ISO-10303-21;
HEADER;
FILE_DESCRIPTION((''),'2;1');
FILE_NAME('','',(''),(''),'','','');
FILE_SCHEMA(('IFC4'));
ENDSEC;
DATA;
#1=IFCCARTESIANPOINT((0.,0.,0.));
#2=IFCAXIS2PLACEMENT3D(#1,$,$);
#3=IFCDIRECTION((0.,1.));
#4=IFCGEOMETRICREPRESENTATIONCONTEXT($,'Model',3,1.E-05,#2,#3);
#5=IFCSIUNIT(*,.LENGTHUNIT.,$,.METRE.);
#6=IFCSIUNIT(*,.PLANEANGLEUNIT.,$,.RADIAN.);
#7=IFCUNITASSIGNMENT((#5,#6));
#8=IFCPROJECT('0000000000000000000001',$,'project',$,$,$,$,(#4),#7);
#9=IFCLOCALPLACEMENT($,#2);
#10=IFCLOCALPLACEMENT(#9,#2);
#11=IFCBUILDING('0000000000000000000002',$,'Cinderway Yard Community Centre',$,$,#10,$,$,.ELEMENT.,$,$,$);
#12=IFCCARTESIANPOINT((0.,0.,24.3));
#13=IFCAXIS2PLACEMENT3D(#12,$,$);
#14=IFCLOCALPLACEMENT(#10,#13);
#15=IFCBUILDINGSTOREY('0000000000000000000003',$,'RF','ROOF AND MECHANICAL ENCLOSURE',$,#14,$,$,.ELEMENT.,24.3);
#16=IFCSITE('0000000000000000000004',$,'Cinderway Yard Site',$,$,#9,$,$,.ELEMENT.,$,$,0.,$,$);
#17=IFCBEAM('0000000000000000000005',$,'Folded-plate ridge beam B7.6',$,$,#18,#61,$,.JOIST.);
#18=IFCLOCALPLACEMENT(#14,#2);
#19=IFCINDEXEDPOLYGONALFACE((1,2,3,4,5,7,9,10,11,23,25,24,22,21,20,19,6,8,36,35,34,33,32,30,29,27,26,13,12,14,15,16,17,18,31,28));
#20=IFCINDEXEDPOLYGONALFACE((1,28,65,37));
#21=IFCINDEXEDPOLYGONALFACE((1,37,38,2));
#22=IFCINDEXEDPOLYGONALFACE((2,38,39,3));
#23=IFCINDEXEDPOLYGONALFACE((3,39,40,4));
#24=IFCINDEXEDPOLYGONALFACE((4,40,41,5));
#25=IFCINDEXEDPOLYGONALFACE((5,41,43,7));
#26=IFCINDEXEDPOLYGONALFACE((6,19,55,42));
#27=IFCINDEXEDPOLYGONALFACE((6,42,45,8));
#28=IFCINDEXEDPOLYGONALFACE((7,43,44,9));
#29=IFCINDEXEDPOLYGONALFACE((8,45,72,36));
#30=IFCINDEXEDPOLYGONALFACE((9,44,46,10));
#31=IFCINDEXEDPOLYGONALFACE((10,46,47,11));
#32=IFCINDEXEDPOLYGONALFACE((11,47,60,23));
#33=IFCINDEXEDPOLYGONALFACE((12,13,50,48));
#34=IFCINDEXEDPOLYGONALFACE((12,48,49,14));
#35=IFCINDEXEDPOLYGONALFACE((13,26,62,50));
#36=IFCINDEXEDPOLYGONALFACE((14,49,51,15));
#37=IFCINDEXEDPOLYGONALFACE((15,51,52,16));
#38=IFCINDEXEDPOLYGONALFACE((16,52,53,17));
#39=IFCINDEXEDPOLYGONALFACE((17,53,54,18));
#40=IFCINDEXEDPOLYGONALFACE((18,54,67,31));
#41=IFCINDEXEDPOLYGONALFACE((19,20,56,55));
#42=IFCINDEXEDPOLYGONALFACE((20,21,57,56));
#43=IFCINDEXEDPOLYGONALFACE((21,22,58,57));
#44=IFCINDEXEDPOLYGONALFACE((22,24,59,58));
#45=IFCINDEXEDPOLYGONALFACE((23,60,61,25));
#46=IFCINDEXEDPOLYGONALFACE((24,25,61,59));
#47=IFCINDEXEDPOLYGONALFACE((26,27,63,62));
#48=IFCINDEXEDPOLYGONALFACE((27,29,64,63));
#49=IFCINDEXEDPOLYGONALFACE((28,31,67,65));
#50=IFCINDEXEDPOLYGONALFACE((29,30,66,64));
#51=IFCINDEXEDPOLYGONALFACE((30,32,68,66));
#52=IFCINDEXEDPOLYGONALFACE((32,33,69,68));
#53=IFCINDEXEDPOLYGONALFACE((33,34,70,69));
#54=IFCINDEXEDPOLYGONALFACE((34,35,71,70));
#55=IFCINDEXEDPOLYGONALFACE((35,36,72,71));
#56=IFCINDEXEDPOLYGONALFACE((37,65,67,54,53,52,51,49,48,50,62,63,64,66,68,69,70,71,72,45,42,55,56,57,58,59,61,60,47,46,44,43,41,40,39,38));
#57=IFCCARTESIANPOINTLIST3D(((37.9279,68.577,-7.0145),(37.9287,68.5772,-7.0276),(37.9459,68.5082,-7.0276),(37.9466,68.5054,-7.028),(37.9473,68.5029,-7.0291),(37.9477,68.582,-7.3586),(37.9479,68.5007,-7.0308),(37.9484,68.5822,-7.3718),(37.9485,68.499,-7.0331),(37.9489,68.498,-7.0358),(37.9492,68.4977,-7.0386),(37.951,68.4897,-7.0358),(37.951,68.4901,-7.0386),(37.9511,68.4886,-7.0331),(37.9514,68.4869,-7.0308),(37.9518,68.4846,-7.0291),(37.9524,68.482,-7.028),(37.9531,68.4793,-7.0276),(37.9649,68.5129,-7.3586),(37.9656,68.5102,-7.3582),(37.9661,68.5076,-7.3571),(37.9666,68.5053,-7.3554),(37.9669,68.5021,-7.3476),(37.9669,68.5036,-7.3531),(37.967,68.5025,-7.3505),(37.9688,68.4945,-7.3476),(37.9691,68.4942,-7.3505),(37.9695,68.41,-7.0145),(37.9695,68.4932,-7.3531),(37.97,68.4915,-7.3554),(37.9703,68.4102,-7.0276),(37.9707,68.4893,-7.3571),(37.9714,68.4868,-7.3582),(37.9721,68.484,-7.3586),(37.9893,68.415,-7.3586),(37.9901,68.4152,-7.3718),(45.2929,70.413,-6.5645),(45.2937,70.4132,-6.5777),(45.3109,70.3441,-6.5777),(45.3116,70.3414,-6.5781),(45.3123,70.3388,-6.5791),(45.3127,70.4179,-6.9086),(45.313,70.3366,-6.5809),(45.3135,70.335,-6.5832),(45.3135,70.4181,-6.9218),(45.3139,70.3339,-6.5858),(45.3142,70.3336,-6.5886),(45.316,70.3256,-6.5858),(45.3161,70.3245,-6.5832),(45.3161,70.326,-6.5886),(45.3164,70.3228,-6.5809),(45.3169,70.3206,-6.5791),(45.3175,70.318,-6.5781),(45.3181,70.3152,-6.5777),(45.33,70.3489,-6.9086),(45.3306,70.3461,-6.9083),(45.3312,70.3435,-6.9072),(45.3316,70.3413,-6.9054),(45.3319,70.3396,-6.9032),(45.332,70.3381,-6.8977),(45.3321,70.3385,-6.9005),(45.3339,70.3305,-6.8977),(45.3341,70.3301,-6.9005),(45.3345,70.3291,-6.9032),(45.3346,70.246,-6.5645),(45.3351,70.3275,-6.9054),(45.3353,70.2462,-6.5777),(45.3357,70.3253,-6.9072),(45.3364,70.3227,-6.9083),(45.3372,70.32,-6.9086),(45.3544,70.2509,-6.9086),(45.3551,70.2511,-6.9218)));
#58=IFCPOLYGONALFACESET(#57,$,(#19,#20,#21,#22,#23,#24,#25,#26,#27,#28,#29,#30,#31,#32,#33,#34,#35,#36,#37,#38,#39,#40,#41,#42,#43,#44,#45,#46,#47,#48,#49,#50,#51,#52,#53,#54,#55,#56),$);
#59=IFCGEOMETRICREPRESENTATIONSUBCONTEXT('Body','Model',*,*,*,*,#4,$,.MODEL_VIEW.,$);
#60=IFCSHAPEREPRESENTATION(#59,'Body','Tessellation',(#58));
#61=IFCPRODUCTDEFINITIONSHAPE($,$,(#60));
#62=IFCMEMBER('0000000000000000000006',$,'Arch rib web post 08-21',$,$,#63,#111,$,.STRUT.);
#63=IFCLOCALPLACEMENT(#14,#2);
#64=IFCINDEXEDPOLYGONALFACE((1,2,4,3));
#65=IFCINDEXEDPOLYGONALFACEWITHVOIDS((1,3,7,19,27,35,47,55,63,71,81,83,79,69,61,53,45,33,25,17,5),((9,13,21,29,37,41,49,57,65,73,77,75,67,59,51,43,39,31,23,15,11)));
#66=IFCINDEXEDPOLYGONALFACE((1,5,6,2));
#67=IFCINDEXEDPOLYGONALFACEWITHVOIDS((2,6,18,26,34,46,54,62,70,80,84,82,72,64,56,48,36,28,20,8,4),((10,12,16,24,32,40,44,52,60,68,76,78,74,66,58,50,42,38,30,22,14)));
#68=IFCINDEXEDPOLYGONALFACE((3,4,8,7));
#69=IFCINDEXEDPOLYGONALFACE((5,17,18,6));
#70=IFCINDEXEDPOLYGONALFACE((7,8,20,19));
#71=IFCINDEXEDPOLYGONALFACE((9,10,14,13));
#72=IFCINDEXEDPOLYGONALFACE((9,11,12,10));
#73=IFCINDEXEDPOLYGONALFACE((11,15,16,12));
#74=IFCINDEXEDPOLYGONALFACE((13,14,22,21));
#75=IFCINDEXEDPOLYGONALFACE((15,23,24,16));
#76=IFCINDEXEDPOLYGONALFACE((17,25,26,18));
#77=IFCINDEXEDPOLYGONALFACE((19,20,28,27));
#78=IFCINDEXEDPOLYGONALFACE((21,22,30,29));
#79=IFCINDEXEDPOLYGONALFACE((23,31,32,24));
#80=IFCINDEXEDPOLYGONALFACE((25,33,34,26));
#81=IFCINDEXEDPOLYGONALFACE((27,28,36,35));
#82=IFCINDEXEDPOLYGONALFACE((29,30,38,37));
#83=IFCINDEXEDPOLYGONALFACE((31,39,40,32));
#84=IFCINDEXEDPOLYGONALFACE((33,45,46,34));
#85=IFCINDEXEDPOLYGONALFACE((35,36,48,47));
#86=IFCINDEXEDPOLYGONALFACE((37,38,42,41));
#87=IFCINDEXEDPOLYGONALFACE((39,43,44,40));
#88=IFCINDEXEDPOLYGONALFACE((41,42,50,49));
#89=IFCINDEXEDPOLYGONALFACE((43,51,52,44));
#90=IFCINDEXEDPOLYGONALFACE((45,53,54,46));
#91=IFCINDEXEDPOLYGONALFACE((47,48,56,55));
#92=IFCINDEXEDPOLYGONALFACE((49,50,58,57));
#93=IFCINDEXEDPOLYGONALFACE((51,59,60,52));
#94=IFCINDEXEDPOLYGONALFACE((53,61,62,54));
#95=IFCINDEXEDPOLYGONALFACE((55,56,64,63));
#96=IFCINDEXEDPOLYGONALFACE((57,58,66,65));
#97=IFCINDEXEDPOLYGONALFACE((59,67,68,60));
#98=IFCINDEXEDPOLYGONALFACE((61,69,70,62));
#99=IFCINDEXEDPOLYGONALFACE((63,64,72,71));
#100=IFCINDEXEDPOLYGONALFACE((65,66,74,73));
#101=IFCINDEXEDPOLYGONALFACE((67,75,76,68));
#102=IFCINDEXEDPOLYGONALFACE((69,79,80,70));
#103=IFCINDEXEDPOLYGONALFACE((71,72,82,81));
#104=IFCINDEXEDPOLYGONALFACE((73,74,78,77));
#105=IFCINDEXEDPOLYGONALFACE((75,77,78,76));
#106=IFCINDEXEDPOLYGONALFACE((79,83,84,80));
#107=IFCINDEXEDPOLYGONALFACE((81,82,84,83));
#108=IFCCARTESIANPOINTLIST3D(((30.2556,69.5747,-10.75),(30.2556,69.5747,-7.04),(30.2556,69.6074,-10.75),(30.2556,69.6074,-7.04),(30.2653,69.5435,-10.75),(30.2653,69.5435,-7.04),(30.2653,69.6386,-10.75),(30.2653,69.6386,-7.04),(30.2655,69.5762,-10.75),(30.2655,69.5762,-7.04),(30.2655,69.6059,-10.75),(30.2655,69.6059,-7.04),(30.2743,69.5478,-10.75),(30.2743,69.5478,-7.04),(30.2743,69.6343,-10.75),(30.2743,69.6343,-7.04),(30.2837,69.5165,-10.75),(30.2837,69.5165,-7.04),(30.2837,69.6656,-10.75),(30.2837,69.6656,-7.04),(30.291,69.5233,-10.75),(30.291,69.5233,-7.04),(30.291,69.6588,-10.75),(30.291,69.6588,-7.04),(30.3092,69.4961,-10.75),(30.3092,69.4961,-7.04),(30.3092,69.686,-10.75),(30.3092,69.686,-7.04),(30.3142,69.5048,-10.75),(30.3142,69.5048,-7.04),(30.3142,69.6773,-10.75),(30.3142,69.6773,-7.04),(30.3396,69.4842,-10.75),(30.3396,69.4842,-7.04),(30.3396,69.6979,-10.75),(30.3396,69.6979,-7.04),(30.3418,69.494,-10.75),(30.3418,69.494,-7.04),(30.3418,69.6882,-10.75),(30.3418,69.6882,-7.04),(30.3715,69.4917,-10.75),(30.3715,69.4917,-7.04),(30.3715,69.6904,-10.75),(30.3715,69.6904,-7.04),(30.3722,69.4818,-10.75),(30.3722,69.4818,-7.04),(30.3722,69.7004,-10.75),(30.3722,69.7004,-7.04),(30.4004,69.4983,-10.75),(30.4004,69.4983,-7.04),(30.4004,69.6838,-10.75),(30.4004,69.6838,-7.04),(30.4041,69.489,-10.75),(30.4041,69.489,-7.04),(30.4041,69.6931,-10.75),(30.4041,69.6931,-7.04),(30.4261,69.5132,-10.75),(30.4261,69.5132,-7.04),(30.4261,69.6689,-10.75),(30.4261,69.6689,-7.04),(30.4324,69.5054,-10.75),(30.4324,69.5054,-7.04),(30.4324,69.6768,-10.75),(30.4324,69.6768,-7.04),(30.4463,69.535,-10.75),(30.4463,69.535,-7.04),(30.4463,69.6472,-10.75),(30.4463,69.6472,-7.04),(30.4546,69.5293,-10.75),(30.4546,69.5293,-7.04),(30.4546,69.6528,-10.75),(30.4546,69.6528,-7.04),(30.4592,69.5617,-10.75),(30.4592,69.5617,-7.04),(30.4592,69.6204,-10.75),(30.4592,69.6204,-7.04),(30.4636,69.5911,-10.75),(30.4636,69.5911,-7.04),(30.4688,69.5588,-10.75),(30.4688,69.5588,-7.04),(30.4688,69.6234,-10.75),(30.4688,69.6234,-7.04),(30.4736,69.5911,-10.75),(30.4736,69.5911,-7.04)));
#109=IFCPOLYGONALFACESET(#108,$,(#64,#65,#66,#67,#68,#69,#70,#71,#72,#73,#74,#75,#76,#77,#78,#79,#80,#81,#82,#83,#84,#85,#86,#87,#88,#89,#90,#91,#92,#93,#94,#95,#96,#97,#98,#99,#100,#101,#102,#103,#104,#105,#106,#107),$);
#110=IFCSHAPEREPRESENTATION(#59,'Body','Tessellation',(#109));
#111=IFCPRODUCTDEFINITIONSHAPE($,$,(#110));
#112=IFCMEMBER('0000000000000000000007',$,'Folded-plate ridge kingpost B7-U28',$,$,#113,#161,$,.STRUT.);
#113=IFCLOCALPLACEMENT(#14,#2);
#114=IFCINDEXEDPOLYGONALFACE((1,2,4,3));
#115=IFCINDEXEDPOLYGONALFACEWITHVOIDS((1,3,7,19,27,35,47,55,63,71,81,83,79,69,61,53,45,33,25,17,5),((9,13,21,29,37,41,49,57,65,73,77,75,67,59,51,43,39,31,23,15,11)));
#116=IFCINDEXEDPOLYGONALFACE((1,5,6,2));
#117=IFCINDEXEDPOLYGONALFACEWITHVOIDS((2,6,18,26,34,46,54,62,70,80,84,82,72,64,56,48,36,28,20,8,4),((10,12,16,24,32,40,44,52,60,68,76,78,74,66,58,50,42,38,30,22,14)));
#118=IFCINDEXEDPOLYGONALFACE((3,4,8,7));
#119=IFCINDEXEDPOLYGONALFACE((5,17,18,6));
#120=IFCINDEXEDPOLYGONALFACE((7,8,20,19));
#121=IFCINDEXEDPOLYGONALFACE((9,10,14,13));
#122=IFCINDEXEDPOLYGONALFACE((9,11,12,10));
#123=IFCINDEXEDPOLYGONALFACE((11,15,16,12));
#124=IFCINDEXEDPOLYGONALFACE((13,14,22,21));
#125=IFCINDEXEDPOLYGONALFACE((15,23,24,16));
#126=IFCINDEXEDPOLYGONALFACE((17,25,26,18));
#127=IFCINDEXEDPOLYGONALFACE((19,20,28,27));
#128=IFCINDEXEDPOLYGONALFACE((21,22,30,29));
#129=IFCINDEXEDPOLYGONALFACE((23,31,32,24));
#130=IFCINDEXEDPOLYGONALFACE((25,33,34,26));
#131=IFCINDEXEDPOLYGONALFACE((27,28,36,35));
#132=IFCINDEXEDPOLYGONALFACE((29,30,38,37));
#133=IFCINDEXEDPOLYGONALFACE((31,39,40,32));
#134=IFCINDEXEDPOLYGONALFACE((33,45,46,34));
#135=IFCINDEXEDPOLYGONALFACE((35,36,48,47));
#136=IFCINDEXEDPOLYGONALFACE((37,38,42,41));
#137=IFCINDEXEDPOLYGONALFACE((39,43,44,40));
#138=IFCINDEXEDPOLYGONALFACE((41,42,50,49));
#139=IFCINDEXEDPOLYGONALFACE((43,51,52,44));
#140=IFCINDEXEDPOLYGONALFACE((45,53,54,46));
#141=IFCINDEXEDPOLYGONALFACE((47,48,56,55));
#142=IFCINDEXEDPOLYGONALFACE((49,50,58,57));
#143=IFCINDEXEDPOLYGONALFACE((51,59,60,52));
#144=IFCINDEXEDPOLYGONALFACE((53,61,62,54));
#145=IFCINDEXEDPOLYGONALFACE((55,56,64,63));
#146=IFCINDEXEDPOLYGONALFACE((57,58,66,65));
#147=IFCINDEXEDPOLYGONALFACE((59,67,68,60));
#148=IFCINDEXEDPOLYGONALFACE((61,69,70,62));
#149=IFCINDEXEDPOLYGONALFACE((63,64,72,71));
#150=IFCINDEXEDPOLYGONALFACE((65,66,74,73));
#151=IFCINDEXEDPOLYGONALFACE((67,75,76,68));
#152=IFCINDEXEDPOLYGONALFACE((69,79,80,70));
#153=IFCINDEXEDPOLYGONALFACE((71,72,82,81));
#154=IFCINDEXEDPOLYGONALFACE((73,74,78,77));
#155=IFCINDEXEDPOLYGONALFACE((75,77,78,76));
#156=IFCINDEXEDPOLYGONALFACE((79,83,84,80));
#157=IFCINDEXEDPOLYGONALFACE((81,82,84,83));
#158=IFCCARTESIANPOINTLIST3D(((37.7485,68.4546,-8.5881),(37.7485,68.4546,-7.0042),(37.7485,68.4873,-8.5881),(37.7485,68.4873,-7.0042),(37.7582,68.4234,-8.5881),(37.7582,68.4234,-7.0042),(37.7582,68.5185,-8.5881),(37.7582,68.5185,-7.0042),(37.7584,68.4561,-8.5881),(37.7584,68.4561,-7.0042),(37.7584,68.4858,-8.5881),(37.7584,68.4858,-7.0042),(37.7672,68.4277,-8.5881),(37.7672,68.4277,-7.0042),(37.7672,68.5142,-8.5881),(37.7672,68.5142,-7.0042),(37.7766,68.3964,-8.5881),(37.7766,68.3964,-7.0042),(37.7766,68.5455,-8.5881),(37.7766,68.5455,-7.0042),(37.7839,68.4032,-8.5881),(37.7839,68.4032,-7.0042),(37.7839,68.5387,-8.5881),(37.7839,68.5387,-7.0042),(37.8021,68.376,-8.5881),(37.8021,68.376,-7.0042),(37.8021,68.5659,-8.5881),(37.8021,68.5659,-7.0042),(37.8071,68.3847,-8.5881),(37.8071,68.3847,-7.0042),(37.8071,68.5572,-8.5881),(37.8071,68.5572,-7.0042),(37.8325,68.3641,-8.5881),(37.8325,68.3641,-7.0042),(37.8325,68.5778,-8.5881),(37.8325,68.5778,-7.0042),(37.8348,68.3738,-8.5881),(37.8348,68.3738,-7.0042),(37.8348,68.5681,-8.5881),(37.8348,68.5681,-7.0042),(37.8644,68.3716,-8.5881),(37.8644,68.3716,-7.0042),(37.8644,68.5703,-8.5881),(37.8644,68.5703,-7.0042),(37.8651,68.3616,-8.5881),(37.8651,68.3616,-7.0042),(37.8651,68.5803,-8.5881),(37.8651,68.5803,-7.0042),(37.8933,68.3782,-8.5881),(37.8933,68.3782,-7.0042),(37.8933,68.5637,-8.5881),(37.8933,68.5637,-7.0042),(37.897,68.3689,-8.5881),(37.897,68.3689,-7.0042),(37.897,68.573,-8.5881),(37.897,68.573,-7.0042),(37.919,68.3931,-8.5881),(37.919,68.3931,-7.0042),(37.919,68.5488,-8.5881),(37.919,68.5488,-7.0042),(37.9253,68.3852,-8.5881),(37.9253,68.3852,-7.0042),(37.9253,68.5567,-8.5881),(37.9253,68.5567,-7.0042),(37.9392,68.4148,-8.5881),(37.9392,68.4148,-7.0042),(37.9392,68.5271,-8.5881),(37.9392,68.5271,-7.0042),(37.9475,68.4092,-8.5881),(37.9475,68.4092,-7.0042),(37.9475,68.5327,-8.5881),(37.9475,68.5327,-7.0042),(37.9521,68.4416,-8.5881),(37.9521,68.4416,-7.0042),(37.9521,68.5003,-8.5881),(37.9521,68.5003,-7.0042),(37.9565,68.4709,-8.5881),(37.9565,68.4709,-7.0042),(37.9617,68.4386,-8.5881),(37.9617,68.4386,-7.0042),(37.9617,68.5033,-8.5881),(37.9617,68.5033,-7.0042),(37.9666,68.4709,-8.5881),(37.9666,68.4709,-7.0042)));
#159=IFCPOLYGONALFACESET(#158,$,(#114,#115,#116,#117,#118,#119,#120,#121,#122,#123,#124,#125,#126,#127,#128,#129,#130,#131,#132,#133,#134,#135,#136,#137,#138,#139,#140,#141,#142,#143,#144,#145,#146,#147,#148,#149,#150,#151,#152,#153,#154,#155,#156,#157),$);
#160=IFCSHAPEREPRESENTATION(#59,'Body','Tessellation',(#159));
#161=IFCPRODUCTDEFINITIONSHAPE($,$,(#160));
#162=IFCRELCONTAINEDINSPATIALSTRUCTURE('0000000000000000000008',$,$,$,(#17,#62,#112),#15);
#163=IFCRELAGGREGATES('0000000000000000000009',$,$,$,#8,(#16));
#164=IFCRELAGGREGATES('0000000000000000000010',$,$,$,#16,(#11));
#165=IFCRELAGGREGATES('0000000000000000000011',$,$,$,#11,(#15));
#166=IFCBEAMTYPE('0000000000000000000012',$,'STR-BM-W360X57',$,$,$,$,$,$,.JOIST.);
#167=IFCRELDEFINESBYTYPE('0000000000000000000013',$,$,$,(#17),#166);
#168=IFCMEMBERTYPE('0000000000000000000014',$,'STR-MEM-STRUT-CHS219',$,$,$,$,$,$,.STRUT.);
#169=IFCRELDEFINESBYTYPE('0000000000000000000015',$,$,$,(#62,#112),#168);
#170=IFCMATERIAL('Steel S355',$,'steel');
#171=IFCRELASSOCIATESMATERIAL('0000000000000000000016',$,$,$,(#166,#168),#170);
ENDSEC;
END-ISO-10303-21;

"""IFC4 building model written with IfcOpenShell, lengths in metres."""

from ifc_helpers import new_model, si_unit, direction, frame, origin, origin_2d, place, context, subcontext, project, spatial, hollow_circle, i_section, extrude, material, material_profile, profile_set, type_object, element, save


model = new_model("IFC4")

# Units and contexts
model_context = context("Model", 3, precision=1e-05, world=origin(), true_north=direction((0.0, 1.0)))
body_context = subcontext(model_context, "Body", "Model", "MODEL_VIEW")
ifc_project = project(units=[si_unit("LENGTHUNIT", "METRE"), si_unit("PLANEANGLEUNIT", "RADIAN")], contexts=[model_context])

# Site, building, storey
site_placement = place(None, origin())
site = spatial("IfcSite", under=ifc_project, at=site_placement, Name="Cinderway Yard Site", CompositionType="ELEMENT", RefElevation=0.0)
building_placement = place(site_placement, origin())
building = spatial("IfcBuilding", under=site, at=building_placement, Name="Cinderway Yard Community Centre", CompositionType="ELEMENT")
storey_placement = place(building_placement, frame((0.0, 0.0, 24.3)))
storey = spatial("IfcBuildingStorey", under=building, at=storey_placement, Name="RF", Description="ROOF AND MECHANICAL ENCLOSURE", CompositionType="ELEMENT", Elevation=24.3)

# Shared definitions
ifc_material_1 = material(Name="Steel S355", Category="steel")

# Beam
ifc_material_profile_1 = material_profile(ifc_material_1, i_section(OverallWidth=0.1721, OverallDepth=0.3579, WebThickness=0.0078, FlangeThickness=0.0132, FilletRadius=0.011, at=origin_2d()), Name="Steel S355")
ifc_profile_set_1 = profile_set([ifc_material_profile_1], Name="Steel S355")
beam_type_1 = type_object("IfcBeamType", Name="STR-BM-W360X57", PredefinedType="JOIST", material=ifc_profile_set_1)
beam_1_placement = place(storey_placement, frame((37.959, 68.4961, -7.1931), z_axis=(0.968607, 0.241453, 0.059175), x_axis=(-0.241877, 0.970307, 0.0)))
element("IfcBeam", 1, at=beam_1_placement, inside=storey, type_object=beam_type_1, Name="Folded-plate ridge beam B7.6", PredefinedType="JOIST", context=body_context, shape_type="SweptSolid", body=[
    extrude(i_section(OverallWidth=0.1721, OverallDepth=0.3579, WebThickness=0.0078, FlangeThickness=0.0132, FilletRadius=0.011, at=origin_2d()), origin(), (0.0, 0.0, 1.0), 7.6038),
])

# Members
ifc_material_profile_2 = material_profile(ifc_material_1, hollow_circle(Radius=0.1096, WallThickness=0.01, at=origin_2d()), Name="Steel S355")
ifc_profile_set_2 = profile_set([ifc_material_profile_2], Name="Steel S355")
member_type_1 = type_object("IfcMemberType", Name="STR-MEM-STRUT-CHS219", PredefinedType="STRUT", material=ifc_profile_set_2)
member_1_placement = place(storey_placement, frame((30.364, 69.5911, -10.75), z_axis=(0.0, 0.0, 1.0), x_axis=(1.0, 0.0, 0.0)))
element("IfcMember", 2, at=member_1_placement, inside=storey, type_object=member_type_1, Name="Arch rib web post 08-21", PredefinedType="STRUT", context=body_context, shape_type="SweptSolid", body=[
    extrude(hollow_circle(Radius=0.1096, WallThickness=0.01, at=origin_2d()), origin(), (0.0, 0.0, 1.0), 3.71),
])
for number, where, z_axis, x_axis, name in (
    (3, (37.8569, 68.4709, -8.5881), (0.0, 0.0, 1.0), (1.0, 0.0, 0.0), "Folded-plate ridge kingpost B7-U28"),
):
    element("IfcMember", number, at=place(storey_placement, frame(where, z_axis=z_axis, x_axis=x_axis)), inside=storey, type_object=member_type_1, Name=name, PredefinedType="STRUT", context=body_context, shape_type="SweptSolid", body=[
        extrude(hollow_circle(Radius=0.1096, WallThickness=0.01, at=origin_2d()), origin(), (0.0, 0.0, 1.0), 1.584),
    ])

save(model, "model.ifc")
